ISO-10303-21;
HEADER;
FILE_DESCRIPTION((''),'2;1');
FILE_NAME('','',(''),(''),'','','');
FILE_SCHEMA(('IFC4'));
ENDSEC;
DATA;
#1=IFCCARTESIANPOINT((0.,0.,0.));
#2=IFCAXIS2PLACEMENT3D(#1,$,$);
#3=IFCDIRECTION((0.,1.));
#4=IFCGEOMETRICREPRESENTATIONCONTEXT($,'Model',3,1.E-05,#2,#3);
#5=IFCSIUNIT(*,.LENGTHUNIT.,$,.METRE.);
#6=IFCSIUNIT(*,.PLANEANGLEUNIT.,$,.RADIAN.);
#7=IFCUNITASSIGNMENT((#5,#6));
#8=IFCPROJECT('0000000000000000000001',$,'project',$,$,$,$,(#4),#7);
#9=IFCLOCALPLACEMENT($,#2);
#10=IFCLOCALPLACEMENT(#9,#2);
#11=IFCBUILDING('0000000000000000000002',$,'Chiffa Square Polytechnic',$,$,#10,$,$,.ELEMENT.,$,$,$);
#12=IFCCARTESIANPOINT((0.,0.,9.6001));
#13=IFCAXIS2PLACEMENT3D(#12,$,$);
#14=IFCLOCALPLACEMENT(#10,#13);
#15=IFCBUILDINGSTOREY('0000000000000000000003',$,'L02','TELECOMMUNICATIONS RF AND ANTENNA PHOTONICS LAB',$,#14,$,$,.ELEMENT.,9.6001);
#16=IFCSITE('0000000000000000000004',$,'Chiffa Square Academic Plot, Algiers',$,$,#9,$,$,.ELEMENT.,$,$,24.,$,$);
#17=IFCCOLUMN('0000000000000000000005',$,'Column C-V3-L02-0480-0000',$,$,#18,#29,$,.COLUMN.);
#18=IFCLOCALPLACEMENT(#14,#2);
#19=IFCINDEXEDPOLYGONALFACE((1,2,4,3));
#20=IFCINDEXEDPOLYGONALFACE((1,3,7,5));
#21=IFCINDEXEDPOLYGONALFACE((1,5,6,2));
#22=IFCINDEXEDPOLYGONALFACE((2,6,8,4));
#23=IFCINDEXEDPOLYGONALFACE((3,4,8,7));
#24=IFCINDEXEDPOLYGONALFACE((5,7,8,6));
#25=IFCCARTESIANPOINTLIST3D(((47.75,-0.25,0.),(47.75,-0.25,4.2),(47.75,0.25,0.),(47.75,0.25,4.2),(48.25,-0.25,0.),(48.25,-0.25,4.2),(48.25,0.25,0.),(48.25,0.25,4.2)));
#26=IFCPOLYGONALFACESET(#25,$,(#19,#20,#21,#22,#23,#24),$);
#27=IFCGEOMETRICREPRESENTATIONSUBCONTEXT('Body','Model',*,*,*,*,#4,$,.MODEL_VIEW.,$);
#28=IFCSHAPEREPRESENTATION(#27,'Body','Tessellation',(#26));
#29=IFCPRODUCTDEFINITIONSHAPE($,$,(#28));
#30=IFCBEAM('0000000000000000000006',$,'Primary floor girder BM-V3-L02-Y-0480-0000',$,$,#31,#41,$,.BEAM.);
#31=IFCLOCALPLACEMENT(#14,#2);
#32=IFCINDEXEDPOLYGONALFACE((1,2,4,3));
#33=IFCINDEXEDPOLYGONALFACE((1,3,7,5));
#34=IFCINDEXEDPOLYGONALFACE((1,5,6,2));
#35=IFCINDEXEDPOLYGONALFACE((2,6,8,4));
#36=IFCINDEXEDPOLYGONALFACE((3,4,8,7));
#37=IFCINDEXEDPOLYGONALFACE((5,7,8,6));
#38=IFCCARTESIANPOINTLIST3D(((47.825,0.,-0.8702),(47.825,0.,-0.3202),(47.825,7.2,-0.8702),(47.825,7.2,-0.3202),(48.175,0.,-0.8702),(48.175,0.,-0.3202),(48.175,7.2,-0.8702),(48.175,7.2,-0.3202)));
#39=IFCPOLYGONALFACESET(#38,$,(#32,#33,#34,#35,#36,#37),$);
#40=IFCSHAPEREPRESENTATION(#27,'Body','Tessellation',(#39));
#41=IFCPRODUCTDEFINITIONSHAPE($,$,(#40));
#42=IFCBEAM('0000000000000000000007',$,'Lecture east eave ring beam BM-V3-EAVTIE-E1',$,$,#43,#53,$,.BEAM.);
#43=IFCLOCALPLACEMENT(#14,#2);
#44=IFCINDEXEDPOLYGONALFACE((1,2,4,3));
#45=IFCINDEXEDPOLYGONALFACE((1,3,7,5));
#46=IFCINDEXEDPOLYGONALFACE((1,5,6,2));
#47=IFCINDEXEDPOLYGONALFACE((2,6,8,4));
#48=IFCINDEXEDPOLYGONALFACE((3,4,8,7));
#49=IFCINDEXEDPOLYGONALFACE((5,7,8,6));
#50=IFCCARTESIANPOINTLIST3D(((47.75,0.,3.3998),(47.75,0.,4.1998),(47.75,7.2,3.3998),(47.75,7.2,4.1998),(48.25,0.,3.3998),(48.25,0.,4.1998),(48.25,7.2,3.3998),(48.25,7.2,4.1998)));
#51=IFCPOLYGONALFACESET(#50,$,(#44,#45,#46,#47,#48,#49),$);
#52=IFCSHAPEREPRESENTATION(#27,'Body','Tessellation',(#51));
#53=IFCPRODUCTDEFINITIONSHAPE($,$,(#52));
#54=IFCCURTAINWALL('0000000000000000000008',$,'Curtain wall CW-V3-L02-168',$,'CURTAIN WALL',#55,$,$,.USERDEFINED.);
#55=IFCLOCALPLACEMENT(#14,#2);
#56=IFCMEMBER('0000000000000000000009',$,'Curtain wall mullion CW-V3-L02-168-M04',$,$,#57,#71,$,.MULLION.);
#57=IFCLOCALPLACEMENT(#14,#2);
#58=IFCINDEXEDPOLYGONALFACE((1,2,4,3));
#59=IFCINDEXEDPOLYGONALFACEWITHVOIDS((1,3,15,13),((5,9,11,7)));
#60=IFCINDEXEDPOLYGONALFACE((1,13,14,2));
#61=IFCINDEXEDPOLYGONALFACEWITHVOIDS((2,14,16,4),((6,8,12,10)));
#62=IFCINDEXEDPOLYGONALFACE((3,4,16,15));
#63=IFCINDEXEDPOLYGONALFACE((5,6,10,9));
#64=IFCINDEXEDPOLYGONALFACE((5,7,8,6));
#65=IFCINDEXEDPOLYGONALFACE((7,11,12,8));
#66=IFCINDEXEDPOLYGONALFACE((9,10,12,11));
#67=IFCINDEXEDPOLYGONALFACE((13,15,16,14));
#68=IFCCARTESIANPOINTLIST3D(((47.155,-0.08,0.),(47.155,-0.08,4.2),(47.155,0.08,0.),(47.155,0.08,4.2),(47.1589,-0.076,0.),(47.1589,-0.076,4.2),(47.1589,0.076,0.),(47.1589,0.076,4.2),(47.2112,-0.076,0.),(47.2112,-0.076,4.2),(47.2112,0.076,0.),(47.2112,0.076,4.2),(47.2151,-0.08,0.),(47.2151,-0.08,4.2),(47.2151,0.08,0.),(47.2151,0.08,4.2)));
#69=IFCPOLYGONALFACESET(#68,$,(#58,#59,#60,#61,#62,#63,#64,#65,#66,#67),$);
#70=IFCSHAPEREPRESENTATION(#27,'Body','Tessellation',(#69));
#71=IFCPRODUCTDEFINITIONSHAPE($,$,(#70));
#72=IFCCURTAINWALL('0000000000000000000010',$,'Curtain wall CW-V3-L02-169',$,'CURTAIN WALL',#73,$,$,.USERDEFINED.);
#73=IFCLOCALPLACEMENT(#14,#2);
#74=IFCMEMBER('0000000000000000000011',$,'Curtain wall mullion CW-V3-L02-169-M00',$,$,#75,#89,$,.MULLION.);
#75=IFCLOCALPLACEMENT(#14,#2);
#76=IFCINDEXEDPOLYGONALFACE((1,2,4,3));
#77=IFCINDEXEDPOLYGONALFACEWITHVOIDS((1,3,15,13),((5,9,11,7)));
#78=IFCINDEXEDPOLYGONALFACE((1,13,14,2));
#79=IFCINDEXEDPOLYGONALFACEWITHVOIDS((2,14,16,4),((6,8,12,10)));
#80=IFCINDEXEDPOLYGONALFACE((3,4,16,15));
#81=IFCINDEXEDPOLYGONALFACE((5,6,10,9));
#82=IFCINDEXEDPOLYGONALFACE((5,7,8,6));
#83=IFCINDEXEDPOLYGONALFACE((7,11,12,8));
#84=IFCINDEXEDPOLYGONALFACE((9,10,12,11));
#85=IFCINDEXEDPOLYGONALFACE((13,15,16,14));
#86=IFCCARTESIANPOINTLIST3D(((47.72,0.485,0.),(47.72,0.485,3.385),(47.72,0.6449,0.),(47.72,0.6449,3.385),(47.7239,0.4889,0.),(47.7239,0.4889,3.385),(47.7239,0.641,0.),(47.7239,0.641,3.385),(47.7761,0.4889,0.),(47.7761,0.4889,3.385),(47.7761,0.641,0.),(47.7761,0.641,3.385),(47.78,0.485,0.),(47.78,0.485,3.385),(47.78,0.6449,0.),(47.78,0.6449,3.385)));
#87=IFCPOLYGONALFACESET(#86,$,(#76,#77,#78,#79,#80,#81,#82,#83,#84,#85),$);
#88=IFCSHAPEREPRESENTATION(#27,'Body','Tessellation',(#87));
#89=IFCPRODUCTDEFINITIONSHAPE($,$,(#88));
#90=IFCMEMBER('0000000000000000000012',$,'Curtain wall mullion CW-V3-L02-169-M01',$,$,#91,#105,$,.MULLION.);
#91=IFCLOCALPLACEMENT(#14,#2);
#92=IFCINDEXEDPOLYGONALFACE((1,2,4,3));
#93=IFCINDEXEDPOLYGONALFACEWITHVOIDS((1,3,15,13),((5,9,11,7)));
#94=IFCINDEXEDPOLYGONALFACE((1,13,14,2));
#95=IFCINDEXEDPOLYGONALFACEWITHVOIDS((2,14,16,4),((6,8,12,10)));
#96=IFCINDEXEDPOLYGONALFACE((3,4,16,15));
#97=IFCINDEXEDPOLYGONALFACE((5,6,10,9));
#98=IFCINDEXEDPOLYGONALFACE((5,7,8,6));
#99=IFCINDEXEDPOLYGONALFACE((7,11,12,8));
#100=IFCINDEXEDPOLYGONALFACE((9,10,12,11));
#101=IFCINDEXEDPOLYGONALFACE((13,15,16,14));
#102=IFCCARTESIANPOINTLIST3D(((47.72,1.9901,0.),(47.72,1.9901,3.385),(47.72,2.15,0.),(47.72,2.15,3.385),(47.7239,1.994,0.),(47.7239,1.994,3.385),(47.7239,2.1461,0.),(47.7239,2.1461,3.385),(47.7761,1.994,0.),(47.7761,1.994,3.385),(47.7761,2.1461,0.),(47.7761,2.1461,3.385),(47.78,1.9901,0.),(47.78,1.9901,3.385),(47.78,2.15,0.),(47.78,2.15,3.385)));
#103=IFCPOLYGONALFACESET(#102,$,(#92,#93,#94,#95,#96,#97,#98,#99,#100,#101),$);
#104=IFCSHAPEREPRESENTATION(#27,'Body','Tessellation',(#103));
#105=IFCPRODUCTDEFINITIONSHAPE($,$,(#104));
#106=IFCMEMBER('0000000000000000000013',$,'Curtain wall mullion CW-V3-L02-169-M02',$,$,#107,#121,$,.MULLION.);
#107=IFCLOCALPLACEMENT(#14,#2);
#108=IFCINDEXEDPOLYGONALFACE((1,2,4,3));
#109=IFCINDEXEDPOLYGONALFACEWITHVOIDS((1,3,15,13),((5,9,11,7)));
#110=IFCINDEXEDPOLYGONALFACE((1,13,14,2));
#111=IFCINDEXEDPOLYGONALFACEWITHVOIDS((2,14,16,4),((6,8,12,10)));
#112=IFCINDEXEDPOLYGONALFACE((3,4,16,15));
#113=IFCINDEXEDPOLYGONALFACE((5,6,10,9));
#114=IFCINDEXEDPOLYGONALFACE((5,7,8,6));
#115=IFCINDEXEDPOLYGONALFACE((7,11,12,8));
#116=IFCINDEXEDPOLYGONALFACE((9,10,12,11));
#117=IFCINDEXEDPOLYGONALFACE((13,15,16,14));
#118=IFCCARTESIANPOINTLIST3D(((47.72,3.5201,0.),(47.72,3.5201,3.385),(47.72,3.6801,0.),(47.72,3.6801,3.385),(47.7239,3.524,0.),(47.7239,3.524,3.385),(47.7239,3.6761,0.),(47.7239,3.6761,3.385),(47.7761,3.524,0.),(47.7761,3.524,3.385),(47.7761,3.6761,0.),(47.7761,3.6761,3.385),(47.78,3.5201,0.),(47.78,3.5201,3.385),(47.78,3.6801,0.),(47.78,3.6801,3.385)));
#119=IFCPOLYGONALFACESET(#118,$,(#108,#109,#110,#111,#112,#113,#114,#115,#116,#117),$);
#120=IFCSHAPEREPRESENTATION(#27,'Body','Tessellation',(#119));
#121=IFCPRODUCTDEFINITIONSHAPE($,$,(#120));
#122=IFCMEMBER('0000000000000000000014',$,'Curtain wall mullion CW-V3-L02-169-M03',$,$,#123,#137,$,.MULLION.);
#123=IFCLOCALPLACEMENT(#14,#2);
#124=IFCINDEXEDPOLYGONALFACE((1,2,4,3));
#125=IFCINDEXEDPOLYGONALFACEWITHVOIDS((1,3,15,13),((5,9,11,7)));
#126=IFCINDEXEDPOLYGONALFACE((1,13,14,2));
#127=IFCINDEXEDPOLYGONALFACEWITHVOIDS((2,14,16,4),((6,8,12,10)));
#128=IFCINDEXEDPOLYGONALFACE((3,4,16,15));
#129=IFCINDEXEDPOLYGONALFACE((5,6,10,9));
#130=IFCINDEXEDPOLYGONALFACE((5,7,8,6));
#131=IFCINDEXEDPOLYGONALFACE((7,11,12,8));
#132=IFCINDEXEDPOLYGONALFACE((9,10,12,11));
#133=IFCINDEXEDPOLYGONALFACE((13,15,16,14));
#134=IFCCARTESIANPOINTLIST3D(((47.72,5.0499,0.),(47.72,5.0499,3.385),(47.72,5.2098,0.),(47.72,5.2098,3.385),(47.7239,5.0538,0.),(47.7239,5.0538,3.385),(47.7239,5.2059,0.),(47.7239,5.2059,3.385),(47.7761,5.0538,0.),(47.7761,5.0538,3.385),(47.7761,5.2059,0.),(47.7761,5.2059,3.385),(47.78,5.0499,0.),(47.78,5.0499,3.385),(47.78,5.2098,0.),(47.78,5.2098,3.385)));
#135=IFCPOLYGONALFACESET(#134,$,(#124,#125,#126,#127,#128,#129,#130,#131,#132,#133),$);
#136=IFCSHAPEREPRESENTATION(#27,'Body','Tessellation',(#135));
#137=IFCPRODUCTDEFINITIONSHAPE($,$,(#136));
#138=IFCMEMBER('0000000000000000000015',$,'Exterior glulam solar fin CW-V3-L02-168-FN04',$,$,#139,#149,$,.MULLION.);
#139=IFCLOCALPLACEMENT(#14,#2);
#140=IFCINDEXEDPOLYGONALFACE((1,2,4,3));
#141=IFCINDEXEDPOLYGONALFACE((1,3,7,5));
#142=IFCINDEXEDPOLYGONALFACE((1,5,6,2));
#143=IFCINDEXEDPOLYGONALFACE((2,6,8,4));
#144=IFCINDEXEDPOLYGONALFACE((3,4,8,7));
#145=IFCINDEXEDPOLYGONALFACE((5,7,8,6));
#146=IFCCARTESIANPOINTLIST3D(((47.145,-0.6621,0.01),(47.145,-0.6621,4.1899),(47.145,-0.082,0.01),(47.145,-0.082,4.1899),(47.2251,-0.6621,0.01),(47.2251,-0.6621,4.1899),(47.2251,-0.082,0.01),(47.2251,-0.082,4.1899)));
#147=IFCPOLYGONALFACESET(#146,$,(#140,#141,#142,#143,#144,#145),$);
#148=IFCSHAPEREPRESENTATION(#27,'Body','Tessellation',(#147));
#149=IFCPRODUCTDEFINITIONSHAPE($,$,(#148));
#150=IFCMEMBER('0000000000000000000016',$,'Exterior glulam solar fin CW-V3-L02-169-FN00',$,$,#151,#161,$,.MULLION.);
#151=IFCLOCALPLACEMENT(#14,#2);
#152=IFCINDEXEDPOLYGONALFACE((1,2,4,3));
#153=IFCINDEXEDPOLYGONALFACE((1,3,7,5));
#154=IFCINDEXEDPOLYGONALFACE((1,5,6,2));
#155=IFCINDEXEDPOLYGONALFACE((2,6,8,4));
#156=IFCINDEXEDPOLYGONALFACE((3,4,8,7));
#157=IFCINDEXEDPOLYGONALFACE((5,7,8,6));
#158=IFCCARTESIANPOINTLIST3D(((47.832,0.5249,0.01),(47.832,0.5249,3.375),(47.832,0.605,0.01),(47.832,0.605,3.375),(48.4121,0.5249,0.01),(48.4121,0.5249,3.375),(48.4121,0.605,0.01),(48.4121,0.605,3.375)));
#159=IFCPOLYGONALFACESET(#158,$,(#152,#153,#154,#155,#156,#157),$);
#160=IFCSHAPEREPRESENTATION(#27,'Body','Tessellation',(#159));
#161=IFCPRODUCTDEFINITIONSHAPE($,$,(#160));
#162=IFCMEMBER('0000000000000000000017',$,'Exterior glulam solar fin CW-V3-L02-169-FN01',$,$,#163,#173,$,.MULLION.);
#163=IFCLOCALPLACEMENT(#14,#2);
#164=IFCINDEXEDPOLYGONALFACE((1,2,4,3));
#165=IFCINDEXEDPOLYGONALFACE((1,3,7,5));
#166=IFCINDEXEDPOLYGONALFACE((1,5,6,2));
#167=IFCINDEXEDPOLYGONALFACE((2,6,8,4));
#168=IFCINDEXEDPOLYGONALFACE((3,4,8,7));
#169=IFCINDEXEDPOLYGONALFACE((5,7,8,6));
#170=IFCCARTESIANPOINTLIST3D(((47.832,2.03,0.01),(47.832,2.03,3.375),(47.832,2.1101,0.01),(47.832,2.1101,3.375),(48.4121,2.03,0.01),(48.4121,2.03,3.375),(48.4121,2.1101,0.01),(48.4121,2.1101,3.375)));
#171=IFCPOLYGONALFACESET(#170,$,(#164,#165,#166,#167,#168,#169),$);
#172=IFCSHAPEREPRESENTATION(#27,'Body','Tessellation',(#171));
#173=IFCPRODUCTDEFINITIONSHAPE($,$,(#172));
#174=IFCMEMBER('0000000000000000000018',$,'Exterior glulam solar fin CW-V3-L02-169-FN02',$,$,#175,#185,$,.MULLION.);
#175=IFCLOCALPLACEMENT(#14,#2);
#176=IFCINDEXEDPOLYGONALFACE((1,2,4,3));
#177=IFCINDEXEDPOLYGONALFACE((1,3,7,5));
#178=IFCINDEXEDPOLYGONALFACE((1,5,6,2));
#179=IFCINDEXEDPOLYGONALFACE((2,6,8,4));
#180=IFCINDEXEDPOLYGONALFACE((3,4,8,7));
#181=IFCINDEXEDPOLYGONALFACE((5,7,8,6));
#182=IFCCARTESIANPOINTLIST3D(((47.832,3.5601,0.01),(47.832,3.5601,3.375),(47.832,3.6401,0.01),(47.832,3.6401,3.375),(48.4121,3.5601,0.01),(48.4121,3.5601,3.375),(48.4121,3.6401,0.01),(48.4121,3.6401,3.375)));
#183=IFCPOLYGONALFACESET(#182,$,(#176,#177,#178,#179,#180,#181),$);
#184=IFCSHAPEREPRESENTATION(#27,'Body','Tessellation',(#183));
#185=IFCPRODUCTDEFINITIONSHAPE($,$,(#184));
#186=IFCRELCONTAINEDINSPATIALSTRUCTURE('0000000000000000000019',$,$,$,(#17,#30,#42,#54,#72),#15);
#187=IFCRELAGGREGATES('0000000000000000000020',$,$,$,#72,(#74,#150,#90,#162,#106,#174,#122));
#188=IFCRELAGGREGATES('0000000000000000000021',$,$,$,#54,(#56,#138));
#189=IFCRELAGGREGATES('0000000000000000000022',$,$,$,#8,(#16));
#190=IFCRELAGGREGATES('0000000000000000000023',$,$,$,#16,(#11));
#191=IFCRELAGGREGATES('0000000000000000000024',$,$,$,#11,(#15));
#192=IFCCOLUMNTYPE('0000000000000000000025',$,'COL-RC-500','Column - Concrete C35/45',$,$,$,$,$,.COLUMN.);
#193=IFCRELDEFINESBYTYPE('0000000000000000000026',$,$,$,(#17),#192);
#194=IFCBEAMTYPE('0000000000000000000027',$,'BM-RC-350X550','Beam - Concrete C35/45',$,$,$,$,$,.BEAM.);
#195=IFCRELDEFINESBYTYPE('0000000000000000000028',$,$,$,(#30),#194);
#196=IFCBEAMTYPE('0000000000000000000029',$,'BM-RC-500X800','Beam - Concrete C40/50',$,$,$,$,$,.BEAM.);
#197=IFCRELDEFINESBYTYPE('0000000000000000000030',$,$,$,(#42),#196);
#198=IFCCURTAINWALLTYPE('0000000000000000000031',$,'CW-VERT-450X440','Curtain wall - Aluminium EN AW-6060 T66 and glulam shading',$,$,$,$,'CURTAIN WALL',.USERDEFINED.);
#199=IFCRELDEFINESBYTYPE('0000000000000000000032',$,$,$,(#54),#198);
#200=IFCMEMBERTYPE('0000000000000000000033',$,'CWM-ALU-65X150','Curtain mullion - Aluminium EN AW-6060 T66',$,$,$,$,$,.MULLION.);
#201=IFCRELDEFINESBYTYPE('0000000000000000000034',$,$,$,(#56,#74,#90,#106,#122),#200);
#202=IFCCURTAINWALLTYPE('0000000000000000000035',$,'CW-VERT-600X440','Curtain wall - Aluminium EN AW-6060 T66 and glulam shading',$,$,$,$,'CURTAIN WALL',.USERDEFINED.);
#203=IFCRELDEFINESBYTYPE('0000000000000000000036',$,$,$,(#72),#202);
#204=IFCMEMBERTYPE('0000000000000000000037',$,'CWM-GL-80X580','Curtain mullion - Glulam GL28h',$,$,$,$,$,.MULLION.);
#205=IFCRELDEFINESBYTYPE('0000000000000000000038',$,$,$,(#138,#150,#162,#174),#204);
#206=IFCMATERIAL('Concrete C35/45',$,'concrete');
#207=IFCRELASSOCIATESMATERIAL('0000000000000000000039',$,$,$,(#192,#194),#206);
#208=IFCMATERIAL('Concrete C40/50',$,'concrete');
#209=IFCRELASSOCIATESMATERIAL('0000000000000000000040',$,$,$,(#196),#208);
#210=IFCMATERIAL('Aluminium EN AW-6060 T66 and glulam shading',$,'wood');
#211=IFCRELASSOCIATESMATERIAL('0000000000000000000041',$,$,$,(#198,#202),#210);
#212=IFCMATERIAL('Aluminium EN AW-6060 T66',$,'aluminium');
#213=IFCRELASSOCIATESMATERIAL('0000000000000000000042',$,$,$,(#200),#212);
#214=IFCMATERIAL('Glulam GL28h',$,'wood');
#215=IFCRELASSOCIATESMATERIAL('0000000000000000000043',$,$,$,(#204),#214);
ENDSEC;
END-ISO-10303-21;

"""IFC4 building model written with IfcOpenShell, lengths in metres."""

from ifc_helpers import new_model, si_unit, direction, frame, origin, origin_2d, place, context, subcontext, project, spatial, rectangle, hollow_rectangle, extrude, material, material_profile, profile_set, type_object, element, aggregate, save


model = new_model("IFC4")

# Units and contexts
model_context = context("Model", 3, precision=1e-05, world=origin(), true_north=direction((0.0, 1.0)))
body_context = subcontext(model_context, "Body", "Model", "MODEL_VIEW")
ifc_project = project(units=[si_unit("LENGTHUNIT", "METRE"), si_unit("PLANEANGLEUNIT", "RADIAN")], contexts=[model_context])

# Site, building, storey
site_placement = place(None, origin())
site = spatial("IfcSite", under=ifc_project, at=site_placement, Name="Chiffa Square Academic Plot, Algiers", CompositionType="ELEMENT", RefElevation=24.0)
building_placement = place(site_placement, origin())
building = spatial("IfcBuilding", under=site, at=building_placement, Name="Chiffa Square Polytechnic", CompositionType="ELEMENT")
storey_placement = place(building_placement, frame((0.0, 0.0, 9.6001)))
storey = spatial("IfcBuildingStorey", under=building, at=storey_placement, Name="L02", Description="TELECOMMUNICATIONS RF AND ANTENNA PHOTONICS LAB", CompositionType="ELEMENT", Elevation=9.6001)

# Column
ifc_material_1 = material(Name="Concrete C35/45", Category="concrete")
ifc_material_profile_1 = material_profile(ifc_material_1, rectangle(XDim=0.5, YDim=0.5, at=origin_2d()), Name="RC 500x500")
ifc_profile_set_1 = profile_set([ifc_material_profile_1], Name="Concrete C35/45")
column_type = type_object("IfcColumnType", Name="COL-RC-500", Description="Column - Concrete C35/45", PredefinedType="COLUMN", material=ifc_profile_set_1)
column_placement = place(storey_placement, frame((48.0, 0.0, 0.0), z_axis=(0.0, 0.0, 1.0), x_axis=(1.0, 0.0, 0.0)))
element("IfcColumn", 1, at=column_placement, inside=storey, type_object=column_type, Name="Column C-V3-L02-0480-0000", PredefinedType="COLUMN", context=body_context, shape_type="SweptSolid", body=[
    extrude(rectangle(XDim=0.5, YDim=0.5, at=origin_2d()), origin(), (0.0, 0.0, 1.0), 4.2),
])

# Beams
ifc_material_profile_2 = material_profile(ifc_material_1, rectangle(XDim=0.3501, YDim=0.55, at=origin_2d()), Name="RC 350x550")
ifc_profile_set_2 = profile_set([ifc_material_profile_2], Name="Concrete C35/45")
beam_type_1 = type_object("IfcBeamType", Name="BM-RC-350X550", Description="Beam - Concrete C35/45", PredefinedType="BEAM", material=ifc_profile_set_2)
beam_1_placement = place(storey_placement, frame((48.0, 0.0, -0.5952), z_axis=(0.0, 1.0, 0.0), x_axis=(-1.0, 0.0, 0.0)))
element("IfcBeam", 2, at=beam_1_placement, inside=storey, type_object=beam_type_1, Name="Primary floor girder BM-V3-L02-Y-0480-0000", PredefinedType="BEAM", context=body_context, shape_type="SweptSolid", body=[
    extrude(rectangle(XDim=0.3501, YDim=0.55, at=origin_2d()), origin(), (0.0, 0.0, 1.0), 7.2),
])
ifc_material_2 = material(Name="Concrete C40/50", Category="concrete")
ifc_material_profile_3 = material_profile(ifc_material_2, rectangle(XDim=0.5, YDim=0.8, at=origin_2d()), Name="RC 500x800")
ifc_profile_set_3 = profile_set([ifc_material_profile_3], Name="Concrete C40/50")
beam_type_2 = type_object("IfcBeamType", Name="BM-RC-500X800", Description="Beam - Concrete C40/50", PredefinedType="BEAM", material=ifc_profile_set_3)
beam_2_placement = place(storey_placement, frame((48.0, 0.0, 3.7998), z_axis=(0.0, 1.0, 0.0), x_axis=(-1.0, 0.0, 0.0)))
element("IfcBeam", 3, at=beam_2_placement, inside=storey, type_object=beam_type_2, Name="Lecture east eave ring beam BM-V3-EAVTIE-E1", PredefinedType="BEAM", context=body_context, shape_type="SweptSolid", body=[
    extrude(rectangle(XDim=0.5, YDim=0.8, at=origin_2d()), origin(), (0.0, 0.0, 1.0), 7.2),
])

# Curtain wall, member
ifc_material_3 = material(Name="Aluminium EN AW-6060 T66 and glulam shading", Category="wood")
curtain_wall_type_1 = type_object("IfcCurtainWallType", Name="CW-VERT-450X440", Description="Curtain wall - Aluminium EN AW-6060 T66 and glulam shading", ElementType="CURTAIN WALL", PredefinedType="USERDEFINED", material=ifc_material_3)
curtain_wall_1_placement = place(storey_placement, origin())
curtain_wall_1 = element("IfcCurtainWall", 4, at=curtain_wall_1_placement, inside=storey, type_object=curtain_wall_type_1, Name="Curtain wall CW-V3-L02-168", ObjectType="CURTAIN WALL", PredefinedType="USERDEFINED")
ifc_material_4 = material(Name="Aluminium EN AW-6060 T66", Category="aluminium")
ifc_material_profile_4 = material_profile(ifc_material_4, hollow_rectangle(XDim=0.0601, YDim=0.1599, WallThickness=0.0039, at=origin_2d()), Name="ALU 60x160x4")
ifc_profile_set_4 = profile_set([ifc_material_profile_4], Name="Aluminium EN AW-6060 T66")
member_type_1 = type_object("IfcMemberType", Name="CWM-ALU-65X150", Description="Curtain mullion - Aluminium EN AW-6060 T66", PredefinedType="MULLION", material=ifc_profile_set_4)
member_1_placement = place(storey_placement, frame((47.1851, 0.0, 0.0), z_axis=(0.0, 0.0, 1.0), x_axis=(1.0, 0.0, 0.0)))
member_1 = element("IfcMember", 5, at=member_1_placement, type_object=member_type_1, Name="Curtain wall mullion CW-V3-L02-168-M04", PredefinedType="MULLION", context=body_context, shape_type="SweptSolid", body=[
    extrude(hollow_rectangle(XDim=0.0601, YDim=0.1599, WallThickness=0.0039, at=origin_2d()), origin(), (0.0, 0.0, 1.0), 4.2),
])

# Curtain wall, members
curtain_wall_type_2 = type_object("IfcCurtainWallType", Name="CW-VERT-600X440", Description="Curtain wall - Aluminium EN AW-6060 T66 and glulam shading", ElementType="CURTAIN WALL", PredefinedType="USERDEFINED", material=ifc_material_3)
curtain_wall_2_placement = place(storey_placement, origin())
curtain_wall_2 = element("IfcCurtainWall", 6, at=curtain_wall_2_placement, inside=storey, type_object=curtain_wall_type_2, Name="Curtain wall CW-V3-L02-169", ObjectType="CURTAIN WALL", PredefinedType="USERDEFINED")
member_2_placement = place(storey_placement, frame((47.75, 0.5649, 0.0), z_axis=(0.0, 0.0, 1.0), x_axis=(1.0, 0.0, 0.0)))
member_2 = element("IfcMember", 7, at=member_2_placement, type_object=member_type_1, Name="Curtain wall mullion CW-V3-L02-169-M00", PredefinedType="MULLION", context=body_context, shape_type="SweptSolid", body=[
    extrude(hollow_rectangle(XDim=0.0601, YDim=0.1599, WallThickness=0.0039, at=origin_2d()), origin(), (0.0, 0.0, 1.0), 3.385),
])
member_3_placement = place(storey_placement, frame((47.75, 2.0701, 0.0), z_axis=(0.0, 0.0, 1.0), x_axis=(1.0, 0.0, 0.0)))
member_3 = element("IfcMember", 8, at=member_3_placement, type_object=member_type_1, Name="Curtain wall mullion CW-V3-L02-169-M01", PredefinedType="MULLION", context=body_context, shape_type="SweptSolid", body=[
    extrude(hollow_rectangle(XDim=0.0601, YDim=0.1599, WallThickness=0.0039, at=origin_2d()), origin(), (0.0, 0.0, 1.0), 3.385),
])
member_4_placement = place(storey_placement, frame((47.75, 3.6001, 0.0), z_axis=(0.0, 0.0, 1.0), x_axis=(1.0, 0.0, 0.0)))
member_4 = element("IfcMember", 9, at=member_4_placement, type_object=member_type_1, Name="Curtain wall mullion CW-V3-L02-169-M02", PredefinedType="MULLION", context=body_context, shape_type="SweptSolid", body=[
    extrude(hollow_rectangle(XDim=0.0601, YDim=0.1599, WallThickness=0.0039, at=origin_2d()), origin(), (0.0, 0.0, 1.0), 3.385),
])
member_5_placement = place(storey_placement, frame((47.75, 5.1299, 0.0), z_axis=(0.0, 0.0, 1.0), x_axis=(1.0, 0.0, 0.0)))
member_5 = element("IfcMember", 10, at=member_5_placement, type_object=member_type_1, Name="Curtain wall mullion CW-V3-L02-169-M03", PredefinedType="MULLION", context=body_context, shape_type="SweptSolid", body=[
    extrude(hollow_rectangle(XDim=0.0601, YDim=0.1599, WallThickness=0.0039, at=origin_2d()), origin(), (0.0, 0.0, 1.0), 3.385),
])

# Members
ifc_material_5 = material(Name="Glulam GL28h", Category="wood")
ifc_material_profile_5 = material_profile(ifc_material_5, rectangle(XDim=0.0801, YDim=0.5801, at=origin_2d()), Name="GL28h 80x580")
ifc_profile_set_5 = profile_set([ifc_material_profile_5], Name="Glulam GL28h")
member_type_2 = type_object("IfcMemberType", Name="CWM-GL-80X580", Description="Curtain mullion - Glulam GL28h", PredefinedType="MULLION", material=ifc_profile_set_5)
member_6_placement = place(storey_placement, frame((47.1851, -0.3721, 0.01), z_axis=(0.0, 0.0, 1.0), x_axis=(1.0, 0.0, 0.0)))
member_6 = element("IfcMember", 11, at=member_6_placement, type_object=member_type_2, Name="Exterior glulam solar fin CW-V3-L02-168-FN04", PredefinedType="MULLION", context=body_context, shape_type="SweptSolid", body=[
    extrude(rectangle(XDim=0.0801, YDim=0.5801, at=origin_2d()), origin(), (0.0, 0.0, 1.0), 4.1799),
])
member_7_placement = place(storey_placement, frame((48.1221, 0.5649, 0.01), z_axis=(0.0, 0.0, 1.0), x_axis=(0.0, 1.0, 0.0)))
member_7 = element("IfcMember", 12, at=member_7_placement, type_object=member_type_2, Name="Exterior glulam solar fin CW-V3-L02-169-FN00", PredefinedType="MULLION", context=body_context, shape_type="SweptSolid", body=[
    extrude(rectangle(XDim=0.0801, YDim=0.5801, at=origin_2d()), origin(), (0.0, 0.0, 1.0), 3.365),
])
member_8_placement = place(storey_placement, frame((48.1221, 2.0701, 0.01), z_axis=(0.0, 0.0, 1.0), x_axis=(0.0, 1.0, 0.0)))
member_8 = element("IfcMember", 13, at=member_8_placement, type_object=member_type_2, Name="Exterior glulam solar fin CW-V3-L02-169-FN01", PredefinedType="MULLION", context=body_context, shape_type="SweptSolid", body=[
    extrude(rectangle(XDim=0.0801, YDim=0.5801, at=origin_2d()), origin(), (0.0, 0.0, 1.0), 3.365),
])
member_9_placement = place(storey_placement, frame((48.1221, 3.6001, 0.01), z_axis=(0.0, 0.0, 1.0), x_axis=(0.0, 1.0, 0.0)))
member_9 = element("IfcMember", 14, at=member_9_placement, type_object=member_type_2, Name="Exterior glulam solar fin CW-V3-L02-169-FN02", PredefinedType="MULLION", context=body_context, shape_type="SweptSolid", body=[
    extrude(rectangle(XDim=0.0801, YDim=0.5801, at=origin_2d()), origin(), (0.0, 0.0, 1.0), 3.365),
])

aggregate(curtain_wall_2, [member_2, member_7, member_3, member_8, member_4, member_9, member_5])
aggregate(curtain_wall_1, [member_1, member_6])

save(model, "model.ifc")
